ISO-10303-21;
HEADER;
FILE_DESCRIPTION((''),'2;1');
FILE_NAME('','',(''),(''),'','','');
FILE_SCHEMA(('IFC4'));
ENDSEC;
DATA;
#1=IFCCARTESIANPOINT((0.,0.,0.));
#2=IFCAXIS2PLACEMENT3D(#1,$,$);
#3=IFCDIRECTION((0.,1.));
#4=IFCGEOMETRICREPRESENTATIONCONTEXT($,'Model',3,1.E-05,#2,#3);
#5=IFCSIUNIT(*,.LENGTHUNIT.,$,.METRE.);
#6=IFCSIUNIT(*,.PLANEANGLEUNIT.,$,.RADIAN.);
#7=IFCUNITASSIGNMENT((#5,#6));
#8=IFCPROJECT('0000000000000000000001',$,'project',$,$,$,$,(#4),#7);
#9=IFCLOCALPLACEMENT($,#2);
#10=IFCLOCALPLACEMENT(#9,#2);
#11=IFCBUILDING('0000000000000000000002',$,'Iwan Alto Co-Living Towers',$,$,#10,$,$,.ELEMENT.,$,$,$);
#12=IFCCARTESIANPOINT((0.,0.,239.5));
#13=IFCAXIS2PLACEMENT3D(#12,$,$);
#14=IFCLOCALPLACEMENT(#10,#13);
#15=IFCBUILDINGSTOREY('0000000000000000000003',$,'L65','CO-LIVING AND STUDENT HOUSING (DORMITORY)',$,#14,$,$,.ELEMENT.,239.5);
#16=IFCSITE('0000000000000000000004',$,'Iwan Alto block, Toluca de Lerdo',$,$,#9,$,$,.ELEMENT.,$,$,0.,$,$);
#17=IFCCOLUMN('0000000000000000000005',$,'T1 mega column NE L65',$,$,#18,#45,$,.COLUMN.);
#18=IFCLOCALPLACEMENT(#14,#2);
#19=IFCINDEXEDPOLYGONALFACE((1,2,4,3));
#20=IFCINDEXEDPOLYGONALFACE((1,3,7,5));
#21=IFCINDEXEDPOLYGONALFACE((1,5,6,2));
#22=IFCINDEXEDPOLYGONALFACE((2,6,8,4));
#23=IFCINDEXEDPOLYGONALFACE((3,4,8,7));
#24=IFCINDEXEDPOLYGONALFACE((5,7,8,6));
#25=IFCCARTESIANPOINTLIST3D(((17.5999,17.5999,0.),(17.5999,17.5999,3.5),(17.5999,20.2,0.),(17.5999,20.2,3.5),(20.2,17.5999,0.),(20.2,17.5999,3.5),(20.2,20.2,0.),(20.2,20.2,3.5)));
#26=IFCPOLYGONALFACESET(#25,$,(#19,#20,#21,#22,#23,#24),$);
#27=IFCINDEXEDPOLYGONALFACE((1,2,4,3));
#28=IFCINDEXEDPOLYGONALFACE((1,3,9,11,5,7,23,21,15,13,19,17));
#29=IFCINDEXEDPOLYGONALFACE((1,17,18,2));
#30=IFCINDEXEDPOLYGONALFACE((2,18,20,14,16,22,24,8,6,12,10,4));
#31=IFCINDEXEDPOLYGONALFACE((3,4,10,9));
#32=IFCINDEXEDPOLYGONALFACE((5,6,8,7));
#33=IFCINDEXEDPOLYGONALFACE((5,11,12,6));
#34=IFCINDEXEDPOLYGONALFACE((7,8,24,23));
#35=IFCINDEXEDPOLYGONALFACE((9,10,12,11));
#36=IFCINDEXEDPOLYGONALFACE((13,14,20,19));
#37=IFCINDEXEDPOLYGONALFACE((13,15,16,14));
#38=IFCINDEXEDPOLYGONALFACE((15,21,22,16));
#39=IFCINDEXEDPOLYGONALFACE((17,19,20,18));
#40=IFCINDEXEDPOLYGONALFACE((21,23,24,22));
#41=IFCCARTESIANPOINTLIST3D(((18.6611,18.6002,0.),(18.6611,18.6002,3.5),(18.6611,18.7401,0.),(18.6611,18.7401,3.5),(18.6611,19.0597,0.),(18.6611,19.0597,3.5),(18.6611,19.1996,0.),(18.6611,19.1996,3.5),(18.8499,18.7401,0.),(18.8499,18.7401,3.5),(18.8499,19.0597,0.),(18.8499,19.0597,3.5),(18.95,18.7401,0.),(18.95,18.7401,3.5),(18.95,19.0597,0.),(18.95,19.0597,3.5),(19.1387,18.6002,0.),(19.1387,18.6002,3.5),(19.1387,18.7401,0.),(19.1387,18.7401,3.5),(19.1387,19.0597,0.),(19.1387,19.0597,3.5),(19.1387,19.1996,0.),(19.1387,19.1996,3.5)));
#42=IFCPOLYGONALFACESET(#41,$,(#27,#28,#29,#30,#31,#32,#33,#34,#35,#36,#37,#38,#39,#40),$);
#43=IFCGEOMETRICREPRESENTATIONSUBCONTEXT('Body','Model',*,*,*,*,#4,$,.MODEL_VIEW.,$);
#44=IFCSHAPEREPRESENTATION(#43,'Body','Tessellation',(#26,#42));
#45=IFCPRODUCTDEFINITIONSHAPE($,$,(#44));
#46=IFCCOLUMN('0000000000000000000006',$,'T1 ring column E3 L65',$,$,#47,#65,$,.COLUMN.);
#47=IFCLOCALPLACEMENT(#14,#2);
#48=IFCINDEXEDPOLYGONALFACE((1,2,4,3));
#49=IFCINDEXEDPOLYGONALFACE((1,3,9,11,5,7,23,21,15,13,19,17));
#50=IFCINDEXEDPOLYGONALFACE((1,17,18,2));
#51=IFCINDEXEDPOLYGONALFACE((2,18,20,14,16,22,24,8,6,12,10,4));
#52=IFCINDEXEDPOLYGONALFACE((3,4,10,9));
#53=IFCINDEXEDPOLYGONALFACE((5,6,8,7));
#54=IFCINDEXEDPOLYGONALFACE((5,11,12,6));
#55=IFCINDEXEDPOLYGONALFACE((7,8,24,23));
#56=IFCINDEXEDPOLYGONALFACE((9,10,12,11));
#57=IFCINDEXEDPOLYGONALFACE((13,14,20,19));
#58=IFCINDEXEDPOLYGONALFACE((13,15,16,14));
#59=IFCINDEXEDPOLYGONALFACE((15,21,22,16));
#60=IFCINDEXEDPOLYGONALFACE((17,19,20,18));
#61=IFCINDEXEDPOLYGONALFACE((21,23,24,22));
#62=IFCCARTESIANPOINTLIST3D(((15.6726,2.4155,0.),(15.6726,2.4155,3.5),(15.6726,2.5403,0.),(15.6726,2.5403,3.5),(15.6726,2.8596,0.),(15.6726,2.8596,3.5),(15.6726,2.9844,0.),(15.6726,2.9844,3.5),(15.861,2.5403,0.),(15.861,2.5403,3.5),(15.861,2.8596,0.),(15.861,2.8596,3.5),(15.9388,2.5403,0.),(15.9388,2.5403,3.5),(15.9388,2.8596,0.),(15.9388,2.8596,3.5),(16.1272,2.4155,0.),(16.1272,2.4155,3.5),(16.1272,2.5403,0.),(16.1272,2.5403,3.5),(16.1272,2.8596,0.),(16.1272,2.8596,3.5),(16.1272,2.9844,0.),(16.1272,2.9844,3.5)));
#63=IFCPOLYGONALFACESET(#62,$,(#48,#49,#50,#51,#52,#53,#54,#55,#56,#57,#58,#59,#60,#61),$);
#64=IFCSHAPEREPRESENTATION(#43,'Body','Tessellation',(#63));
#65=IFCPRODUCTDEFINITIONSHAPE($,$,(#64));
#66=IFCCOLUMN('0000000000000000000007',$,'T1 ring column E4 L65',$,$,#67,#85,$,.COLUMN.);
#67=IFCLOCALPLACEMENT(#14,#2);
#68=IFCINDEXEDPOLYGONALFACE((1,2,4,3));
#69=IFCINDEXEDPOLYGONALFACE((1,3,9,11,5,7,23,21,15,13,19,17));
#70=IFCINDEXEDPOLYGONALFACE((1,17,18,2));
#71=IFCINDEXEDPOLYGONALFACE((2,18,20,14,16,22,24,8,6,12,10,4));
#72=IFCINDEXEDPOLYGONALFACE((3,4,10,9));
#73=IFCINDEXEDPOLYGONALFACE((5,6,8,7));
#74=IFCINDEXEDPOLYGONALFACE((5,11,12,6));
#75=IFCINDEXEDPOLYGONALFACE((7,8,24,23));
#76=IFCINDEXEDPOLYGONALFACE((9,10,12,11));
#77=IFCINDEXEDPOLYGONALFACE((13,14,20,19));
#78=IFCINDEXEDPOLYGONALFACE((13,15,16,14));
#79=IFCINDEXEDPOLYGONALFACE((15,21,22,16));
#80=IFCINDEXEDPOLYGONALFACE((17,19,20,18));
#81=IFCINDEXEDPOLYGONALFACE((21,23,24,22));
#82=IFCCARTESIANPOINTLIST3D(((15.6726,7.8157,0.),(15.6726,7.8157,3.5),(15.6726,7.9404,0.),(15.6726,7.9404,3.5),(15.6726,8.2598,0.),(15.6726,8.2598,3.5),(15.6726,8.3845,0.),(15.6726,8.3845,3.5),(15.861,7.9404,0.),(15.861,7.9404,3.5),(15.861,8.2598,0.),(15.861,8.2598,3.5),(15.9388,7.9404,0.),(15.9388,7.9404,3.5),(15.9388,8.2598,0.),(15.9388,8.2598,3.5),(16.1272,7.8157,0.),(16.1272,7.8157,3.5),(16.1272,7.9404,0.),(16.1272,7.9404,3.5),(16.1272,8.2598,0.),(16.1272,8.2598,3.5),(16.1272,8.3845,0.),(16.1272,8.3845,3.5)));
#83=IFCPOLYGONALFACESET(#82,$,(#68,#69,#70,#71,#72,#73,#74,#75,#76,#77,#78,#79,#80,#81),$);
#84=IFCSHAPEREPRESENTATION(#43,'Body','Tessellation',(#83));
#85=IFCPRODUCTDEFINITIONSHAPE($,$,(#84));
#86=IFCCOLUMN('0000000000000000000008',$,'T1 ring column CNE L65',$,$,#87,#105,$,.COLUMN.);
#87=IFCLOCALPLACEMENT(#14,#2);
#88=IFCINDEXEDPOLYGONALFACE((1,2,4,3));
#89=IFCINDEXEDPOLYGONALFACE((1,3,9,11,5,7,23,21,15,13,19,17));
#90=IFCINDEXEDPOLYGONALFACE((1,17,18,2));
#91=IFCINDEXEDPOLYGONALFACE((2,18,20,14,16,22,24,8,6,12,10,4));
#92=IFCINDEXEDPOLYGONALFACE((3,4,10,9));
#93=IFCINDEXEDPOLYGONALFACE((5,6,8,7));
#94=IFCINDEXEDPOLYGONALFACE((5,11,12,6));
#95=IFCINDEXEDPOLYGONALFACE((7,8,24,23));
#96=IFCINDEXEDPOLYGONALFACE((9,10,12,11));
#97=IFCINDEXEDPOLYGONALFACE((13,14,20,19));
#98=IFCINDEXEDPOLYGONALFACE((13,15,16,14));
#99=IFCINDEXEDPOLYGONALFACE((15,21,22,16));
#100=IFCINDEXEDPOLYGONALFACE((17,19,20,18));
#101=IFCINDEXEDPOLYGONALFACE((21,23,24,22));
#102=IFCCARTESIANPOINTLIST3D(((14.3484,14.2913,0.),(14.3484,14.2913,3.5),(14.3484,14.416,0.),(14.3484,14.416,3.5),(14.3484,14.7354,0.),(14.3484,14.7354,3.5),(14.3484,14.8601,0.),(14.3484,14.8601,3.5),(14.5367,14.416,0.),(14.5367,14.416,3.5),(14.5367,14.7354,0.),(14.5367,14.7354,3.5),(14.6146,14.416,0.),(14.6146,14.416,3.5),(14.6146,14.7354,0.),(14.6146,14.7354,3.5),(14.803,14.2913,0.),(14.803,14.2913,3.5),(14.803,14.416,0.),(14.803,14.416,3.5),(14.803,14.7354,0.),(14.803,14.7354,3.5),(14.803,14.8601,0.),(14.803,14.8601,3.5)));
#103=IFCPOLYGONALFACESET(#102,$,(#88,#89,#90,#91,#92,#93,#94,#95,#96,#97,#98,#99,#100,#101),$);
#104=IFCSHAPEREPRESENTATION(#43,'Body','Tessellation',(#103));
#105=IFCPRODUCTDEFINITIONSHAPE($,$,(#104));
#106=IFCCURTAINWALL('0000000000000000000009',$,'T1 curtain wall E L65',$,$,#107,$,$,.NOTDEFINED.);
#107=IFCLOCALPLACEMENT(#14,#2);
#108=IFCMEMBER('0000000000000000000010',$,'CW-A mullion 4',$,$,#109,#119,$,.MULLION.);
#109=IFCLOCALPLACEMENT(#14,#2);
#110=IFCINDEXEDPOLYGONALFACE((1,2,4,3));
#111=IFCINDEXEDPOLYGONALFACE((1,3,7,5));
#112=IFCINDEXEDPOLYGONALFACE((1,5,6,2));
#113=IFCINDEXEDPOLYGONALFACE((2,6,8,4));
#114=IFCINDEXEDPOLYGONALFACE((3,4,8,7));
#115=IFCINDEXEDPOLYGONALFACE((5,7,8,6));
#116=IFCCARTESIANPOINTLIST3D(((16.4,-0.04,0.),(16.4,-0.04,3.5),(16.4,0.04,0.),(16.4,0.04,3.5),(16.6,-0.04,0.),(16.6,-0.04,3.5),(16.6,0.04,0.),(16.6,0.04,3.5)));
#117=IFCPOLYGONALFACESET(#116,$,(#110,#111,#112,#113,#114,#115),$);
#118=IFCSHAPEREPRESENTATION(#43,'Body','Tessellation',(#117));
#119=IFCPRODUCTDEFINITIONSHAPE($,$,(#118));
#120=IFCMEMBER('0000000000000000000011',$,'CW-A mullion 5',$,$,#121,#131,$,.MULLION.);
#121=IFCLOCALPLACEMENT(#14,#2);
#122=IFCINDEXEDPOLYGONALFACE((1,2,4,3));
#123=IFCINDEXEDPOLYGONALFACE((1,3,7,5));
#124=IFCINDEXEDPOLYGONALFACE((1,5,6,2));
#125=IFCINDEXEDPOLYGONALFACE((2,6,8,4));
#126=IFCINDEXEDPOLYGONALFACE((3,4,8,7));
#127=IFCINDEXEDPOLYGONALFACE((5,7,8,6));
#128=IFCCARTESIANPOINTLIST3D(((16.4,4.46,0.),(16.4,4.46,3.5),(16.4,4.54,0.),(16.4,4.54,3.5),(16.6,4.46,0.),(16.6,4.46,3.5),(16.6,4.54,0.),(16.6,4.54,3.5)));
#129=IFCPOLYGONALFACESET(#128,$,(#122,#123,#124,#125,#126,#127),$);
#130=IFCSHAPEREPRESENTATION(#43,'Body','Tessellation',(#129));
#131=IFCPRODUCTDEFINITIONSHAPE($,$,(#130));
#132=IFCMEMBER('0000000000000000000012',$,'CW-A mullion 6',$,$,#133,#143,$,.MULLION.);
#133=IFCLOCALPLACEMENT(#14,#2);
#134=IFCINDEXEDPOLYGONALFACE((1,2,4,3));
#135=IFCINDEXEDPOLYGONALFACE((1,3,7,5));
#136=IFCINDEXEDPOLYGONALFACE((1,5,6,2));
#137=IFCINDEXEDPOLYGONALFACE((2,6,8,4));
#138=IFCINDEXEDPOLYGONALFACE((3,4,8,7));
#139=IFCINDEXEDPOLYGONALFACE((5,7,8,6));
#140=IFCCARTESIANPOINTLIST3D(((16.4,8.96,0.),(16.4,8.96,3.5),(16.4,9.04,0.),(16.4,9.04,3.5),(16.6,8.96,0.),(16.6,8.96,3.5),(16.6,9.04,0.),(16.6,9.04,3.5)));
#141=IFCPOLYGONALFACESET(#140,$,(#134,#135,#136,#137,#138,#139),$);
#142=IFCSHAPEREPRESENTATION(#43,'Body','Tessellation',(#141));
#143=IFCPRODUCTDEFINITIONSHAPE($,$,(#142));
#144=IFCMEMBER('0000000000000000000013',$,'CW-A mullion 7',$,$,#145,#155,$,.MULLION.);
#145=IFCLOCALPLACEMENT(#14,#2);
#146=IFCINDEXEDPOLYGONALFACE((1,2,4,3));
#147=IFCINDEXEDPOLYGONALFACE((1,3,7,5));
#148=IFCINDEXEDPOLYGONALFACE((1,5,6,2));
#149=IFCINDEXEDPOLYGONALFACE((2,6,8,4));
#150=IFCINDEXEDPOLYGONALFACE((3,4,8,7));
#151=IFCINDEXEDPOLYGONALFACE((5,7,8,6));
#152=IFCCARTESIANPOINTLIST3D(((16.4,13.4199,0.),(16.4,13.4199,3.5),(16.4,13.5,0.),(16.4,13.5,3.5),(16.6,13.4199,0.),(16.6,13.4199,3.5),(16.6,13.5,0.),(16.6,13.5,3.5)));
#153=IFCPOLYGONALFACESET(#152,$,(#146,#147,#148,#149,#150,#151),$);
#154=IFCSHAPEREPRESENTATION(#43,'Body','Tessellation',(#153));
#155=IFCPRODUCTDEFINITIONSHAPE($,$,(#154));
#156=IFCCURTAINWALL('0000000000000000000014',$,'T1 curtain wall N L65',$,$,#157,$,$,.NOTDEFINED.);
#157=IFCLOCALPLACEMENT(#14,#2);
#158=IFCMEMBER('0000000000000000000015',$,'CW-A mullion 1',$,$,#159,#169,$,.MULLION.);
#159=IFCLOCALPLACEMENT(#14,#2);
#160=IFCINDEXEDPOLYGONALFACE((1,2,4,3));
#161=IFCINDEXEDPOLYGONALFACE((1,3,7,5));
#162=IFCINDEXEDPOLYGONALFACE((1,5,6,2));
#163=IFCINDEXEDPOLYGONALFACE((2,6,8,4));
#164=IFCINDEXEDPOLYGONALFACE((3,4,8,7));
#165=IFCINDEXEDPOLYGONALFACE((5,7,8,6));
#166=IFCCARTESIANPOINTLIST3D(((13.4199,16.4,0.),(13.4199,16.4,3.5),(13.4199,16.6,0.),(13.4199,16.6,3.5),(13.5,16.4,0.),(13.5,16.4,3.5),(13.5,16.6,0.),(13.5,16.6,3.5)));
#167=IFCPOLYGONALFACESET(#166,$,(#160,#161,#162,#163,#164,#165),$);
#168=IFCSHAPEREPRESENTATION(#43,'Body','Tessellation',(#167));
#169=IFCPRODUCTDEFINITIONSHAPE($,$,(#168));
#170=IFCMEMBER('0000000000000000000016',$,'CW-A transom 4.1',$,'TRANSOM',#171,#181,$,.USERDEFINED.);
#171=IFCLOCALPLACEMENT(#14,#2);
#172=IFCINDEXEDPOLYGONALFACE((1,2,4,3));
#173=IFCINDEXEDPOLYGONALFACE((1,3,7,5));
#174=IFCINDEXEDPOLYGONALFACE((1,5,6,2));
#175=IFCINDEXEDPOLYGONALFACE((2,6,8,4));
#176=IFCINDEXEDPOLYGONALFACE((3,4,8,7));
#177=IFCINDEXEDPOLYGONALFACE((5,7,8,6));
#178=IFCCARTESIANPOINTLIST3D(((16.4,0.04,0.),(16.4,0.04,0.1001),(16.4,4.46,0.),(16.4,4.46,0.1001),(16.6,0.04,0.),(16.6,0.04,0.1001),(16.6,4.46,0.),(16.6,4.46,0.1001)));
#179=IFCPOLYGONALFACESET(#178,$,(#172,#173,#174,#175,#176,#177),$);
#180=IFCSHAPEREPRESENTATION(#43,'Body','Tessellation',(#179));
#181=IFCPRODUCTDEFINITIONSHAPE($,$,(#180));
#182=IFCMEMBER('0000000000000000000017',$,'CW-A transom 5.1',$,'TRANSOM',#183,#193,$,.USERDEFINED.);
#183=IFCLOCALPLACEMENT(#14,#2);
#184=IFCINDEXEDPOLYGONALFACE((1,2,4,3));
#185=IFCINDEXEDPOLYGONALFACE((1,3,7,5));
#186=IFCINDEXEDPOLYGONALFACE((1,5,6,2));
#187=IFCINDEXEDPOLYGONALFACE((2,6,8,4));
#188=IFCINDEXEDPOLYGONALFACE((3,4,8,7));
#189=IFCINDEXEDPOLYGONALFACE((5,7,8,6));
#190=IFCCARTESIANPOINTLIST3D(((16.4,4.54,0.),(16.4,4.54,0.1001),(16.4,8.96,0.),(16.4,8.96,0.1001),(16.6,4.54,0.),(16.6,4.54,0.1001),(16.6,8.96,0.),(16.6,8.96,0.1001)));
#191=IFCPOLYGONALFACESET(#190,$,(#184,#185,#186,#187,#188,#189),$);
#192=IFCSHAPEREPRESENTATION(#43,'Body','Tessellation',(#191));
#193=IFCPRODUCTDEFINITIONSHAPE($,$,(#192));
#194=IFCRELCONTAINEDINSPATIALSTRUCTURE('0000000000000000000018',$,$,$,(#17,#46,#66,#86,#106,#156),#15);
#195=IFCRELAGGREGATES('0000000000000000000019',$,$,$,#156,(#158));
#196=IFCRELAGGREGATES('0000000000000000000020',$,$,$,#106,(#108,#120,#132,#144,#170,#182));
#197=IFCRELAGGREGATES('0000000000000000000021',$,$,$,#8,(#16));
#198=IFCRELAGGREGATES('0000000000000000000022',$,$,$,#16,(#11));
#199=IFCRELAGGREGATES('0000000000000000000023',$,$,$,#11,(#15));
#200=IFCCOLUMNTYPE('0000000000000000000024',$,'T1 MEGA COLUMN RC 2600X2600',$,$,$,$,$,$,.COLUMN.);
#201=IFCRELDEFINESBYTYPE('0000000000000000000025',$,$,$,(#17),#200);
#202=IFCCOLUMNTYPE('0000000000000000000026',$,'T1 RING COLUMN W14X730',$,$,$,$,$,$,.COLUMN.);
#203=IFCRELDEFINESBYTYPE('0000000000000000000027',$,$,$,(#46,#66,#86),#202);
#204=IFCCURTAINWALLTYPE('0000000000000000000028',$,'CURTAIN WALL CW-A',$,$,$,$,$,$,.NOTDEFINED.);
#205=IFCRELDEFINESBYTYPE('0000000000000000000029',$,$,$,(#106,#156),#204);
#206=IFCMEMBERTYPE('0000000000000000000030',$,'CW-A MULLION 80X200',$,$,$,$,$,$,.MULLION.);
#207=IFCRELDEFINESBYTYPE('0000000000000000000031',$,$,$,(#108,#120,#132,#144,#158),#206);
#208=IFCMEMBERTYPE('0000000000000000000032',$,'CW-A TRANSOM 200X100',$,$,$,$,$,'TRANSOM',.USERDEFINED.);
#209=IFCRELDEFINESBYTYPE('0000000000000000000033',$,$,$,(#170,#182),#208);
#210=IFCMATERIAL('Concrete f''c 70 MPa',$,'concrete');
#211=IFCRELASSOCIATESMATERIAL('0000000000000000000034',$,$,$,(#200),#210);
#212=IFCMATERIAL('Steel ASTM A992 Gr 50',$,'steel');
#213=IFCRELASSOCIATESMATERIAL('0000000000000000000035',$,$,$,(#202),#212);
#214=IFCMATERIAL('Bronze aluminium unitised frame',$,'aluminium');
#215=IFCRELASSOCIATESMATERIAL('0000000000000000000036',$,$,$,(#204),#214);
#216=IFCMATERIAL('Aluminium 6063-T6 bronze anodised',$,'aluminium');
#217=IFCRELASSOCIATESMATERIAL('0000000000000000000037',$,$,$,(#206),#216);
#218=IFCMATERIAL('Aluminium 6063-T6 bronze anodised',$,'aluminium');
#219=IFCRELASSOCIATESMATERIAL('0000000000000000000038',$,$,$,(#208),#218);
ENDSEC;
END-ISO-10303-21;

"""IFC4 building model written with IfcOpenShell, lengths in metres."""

from ifc_helpers import new_model, si_unit, direction, frame, origin, origin_2d, place, context, subcontext, project, spatial, rectangle, i_section, extrude, material, material_profile, profile_set, type_object, element, aggregate, save


model = new_model("IFC4")

# Units and contexts
model_context = context("Model", 3, precision=1e-05, world=origin(), true_north=direction((0.0, 1.0)))
body_context = subcontext(model_context, "Body", "Model", "MODEL_VIEW")
ifc_project = project(units=[si_unit("LENGTHUNIT", "METRE"), si_unit("PLANEANGLEUNIT", "RADIAN")], contexts=[model_context])

# Site, building, storey
site_placement = place(None, origin())
site = spatial("IfcSite", under=ifc_project, at=site_placement, Name="Iwan Alto block, Toluca de Lerdo", CompositionType="ELEMENT", RefElevation=0.0)
building_placement = place(site_placement, origin())
building = spatial("IfcBuilding", under=site, at=building_placement, Name="Iwan Alto Co-Living Towers", CompositionType="ELEMENT")
storey_placement = place(building_placement, frame((0.0, 0.0, 239.5)))
storey = spatial("IfcBuildingStorey", under=building, at=storey_placement, Name="L65", Description="CO-LIVING AND STUDENT HOUSING (DORMITORY)", CompositionType="ELEMENT", Elevation=239.5)

# Columns
ifc_material_1 = material(Name="Concrete f'c 70 MPa", Category="concrete")
ifc_material_profile_1 = material_profile(ifc_material_1, rectangle(XDim=2.6001, YDim=2.6001, at=origin_2d()), Name="RC 2600X2600")
ifc_profile_set_1 = profile_set([ifc_material_profile_1], Name="Concrete f'c 70 MPa")
column_type_1 = type_object("IfcColumnType", Name="T1 MEGA COLUMN RC 2600X2600", PredefinedType="COLUMN", material=ifc_profile_set_1)
column_placement = place(storey_placement, frame((18.8999, 18.8999, 0.0), z_axis=(0.0, 0.0, 1.0), x_axis=(1.0, 0.0, 0.0)))
element("IfcColumn", 1, at=column_placement, inside=storey, type_object=column_type_1, Name="T1 mega column NE L65", PredefinedType="COLUMN", context=body_context, shape_type="SweptSolid", body=[
    extrude(rectangle(XDim=2.6001, YDim=2.6001, at=origin_2d()), origin(), (0.0, 0.0, 1.0), 3.5),
    extrude(i_section(OverallWidth=0.4775, OverallDepth=0.5994, WebThickness=0.1001, FlangeThickness=0.1399, at=origin_2d()), origin(), (0.0, 0.0, 1.0), 3.5),
])
ifc_material_2 = material(Name="Steel ASTM A992 Gr 50", Category="steel")
ifc_material_profile_2 = material_profile(ifc_material_2, i_section(OverallWidth=0.4546, OverallDepth=0.5688, WebThickness=0.0779, FlangeThickness=0.1248, at=origin_2d()), Name="W14X730")
ifc_profile_set_2 = profile_set([ifc_material_profile_2], Name="Steel ASTM A992 Gr 50")
column_type_2 = type_object("IfcColumnType", Name="T1 RING COLUMN W14X730", PredefinedType="COLUMN", material=ifc_profile_set_2)
for number, where, z_axis, x_axis, name in (
    (2, (15.8999, 2.7, 0.0), (0.0, 0.0, 1.0), (1.0, 0.0, 0.0), "T1 ring column E3 L65"),
    (3, (15.8999, 8.1001, 0.0), (0.0, 0.0, 1.0), (1.0, 0.0, 0.0), "T1 ring column E4 L65"),
    (4, (14.5757, 14.5757, 0.0), (0.0, 0.0, 1.0), (1.0, 0.0, 0.0), "T1 ring column CNE L65"),
):
    element("IfcColumn", number, at=place(storey_placement, frame(where, z_axis=z_axis, x_axis=x_axis)), inside=storey, type_object=column_type_2, Name=name, PredefinedType="COLUMN", context=body_context, shape_type="SweptSolid", body=[
        extrude(i_section(OverallWidth=0.4546, OverallDepth=0.5688, WebThickness=0.0779, FlangeThickness=0.1248, at=origin_2d()), origin(), (0.0, 0.0, 1.0), 3.5),
    ])

# Curtain wall, members
ifc_material_3 = material(Name="Bronze aluminium unitised frame", Category="aluminium")
curtain_wall_type_1 = type_object("IfcCurtainWallType", Name="CURTAIN WALL CW-A", PredefinedType="NOTDEFINED", material=ifc_material_3)
curtain_wall_1_placement = place(storey_placement, origin())
curtain_wall_1 = element("IfcCurtainWall", 5, at=curtain_wall_1_placement, inside=storey, type_object=curtain_wall_type_1, Name="T1 curtain wall E L65", PredefinedType="NOTDEFINED")
ifc_material_4 = material(Name="Aluminium 6063-T6 bronze anodised", Category="aluminium")
ifc_material_profile_3 = material_profile(ifc_material_4, rectangle(XDim=0.2, YDim=0.0801, at=origin_2d()), Name="AL 80X200")
ifc_profile_set_3 = profile_set([ifc_material_profile_3], Name="Aluminium 6063-T6 bronze anodised")
member_type_1 = type_object("IfcMemberType", Name="CW-A MULLION 80X200", PredefinedType="MULLION", material=ifc_profile_set_3)
member_1_placement = place(storey_placement, frame((16.5, 0.0, 0.0), z_axis=(0.0, 0.0, 1.0), x_axis=(-1.0, 0.0, 0.0)))
member_1 = element("IfcMember", 6, at=member_1_placement, type_object=member_type_1, Name="CW-A mullion 4", PredefinedType="MULLION", context=body_context, shape_type="SweptSolid", body=[
    extrude(rectangle(XDim=0.2, YDim=0.0801, at=origin_2d()), origin(), (0.0, 0.0, 1.0), 3.5),
])
member_2_placement = place(storey_placement, frame((16.5, 4.5, 0.0), z_axis=(0.0, 0.0, 1.0), x_axis=(-1.0, 0.0, 0.0)))
member_2 = element("IfcMember", 7, at=member_2_placement, type_object=member_type_1, Name="CW-A mullion 5", PredefinedType="MULLION", context=body_context, shape_type="SweptSolid", body=[
    extrude(rectangle(XDim=0.2, YDim=0.0801, at=origin_2d()), origin(), (0.0, 0.0, 1.0), 3.5),
])
member_3_placement = place(storey_placement, frame((16.5, 9.0, 0.0), z_axis=(0.0, 0.0, 1.0), x_axis=(-1.0, 0.0, 0.0)))
member_3 = element("IfcMember", 8, at=member_3_placement, type_object=member_type_1, Name="CW-A mullion 6", PredefinedType="MULLION", context=body_context, shape_type="SweptSolid", body=[
    extrude(rectangle(XDim=0.2, YDim=0.0801, at=origin_2d()), origin(), (0.0, 0.0, 1.0), 3.5),
])
member_4_placement = place(storey_placement, frame((16.5, 13.46, 0.0), z_axis=(0.0, 0.0, 1.0), x_axis=(-1.0, 0.0, 0.0)))
member_4 = element("IfcMember", 9, at=member_4_placement, type_object=member_type_1, Name="CW-A mullion 7", PredefinedType="MULLION", context=body_context, shape_type="SweptSolid", body=[
    extrude(rectangle(XDim=0.2, YDim=0.0801, at=origin_2d()), origin(), (0.0, 0.0, 1.0), 3.5),
])

# Curtain wall, member
curtain_wall_2_placement = place(storey_placement, origin())
curtain_wall_2 = element("IfcCurtainWall", 10, at=curtain_wall_2_placement, inside=storey, type_object=curtain_wall_type_1, Name="T1 curtain wall N L65", PredefinedType="NOTDEFINED")
member_5_placement = place(storey_placement, frame((13.46, 16.5, 0.0), z_axis=(0.0, 0.0, 1.0), x_axis=(0.0, -1.0, 0.0)))
member_5 = element("IfcMember", 11, at=member_5_placement, type_object=member_type_1, Name="CW-A mullion 1", PredefinedType="MULLION", context=body_context, shape_type="SweptSolid", body=[
    extrude(rectangle(XDim=0.2, YDim=0.0801, at=origin_2d()), origin(), (0.0, 0.0, 1.0), 3.5),
])

# Members
ifc_material_5 = material(Name="Aluminium 6063-T6 bronze anodised", Category="aluminium")
ifc_material_profile_4 = material_profile(ifc_material_5, rectangle(XDim=0.2, YDim=0.1001, at=origin_2d()), Name="AL 200X100")
ifc_profile_set_4 = profile_set([ifc_material_profile_4], Name="Aluminium 6063-T6 bronze anodised")
member_type_2 = type_object("IfcMemberType", Name="CW-A TRANSOM 200X100", ElementType="TRANSOM", PredefinedType="USERDEFINED", material=ifc_profile_set_4)
member_6_placement = place(storey_placement, frame((16.5, 0.04, 0.05), z_axis=(0.0, 1.0, 0.0), x_axis=(-1.0, 0.0, 0.0)))
member_6 = element("IfcMember", 12, at=member_6_placement, type_object=member_type_2, Name="CW-A transom 4.1", ObjectType="TRANSOM", PredefinedType="USERDEFINED", context=body_context, shape_type="SweptSolid", body=[
    extrude(rectangle(XDim=0.2, YDim=0.1001, at=origin_2d()), origin(), (0.0, 0.0, 1.0), 4.4199),
])
member_7_placement = place(storey_placement, frame((16.5, 4.54, 0.05), z_axis=(0.0, 1.0, 0.0), x_axis=(-1.0, 0.0, 0.0)))
member_7 = element("IfcMember", 13, at=member_7_placement, type_object=member_type_2, Name="CW-A transom 5.1", ObjectType="TRANSOM", PredefinedType="USERDEFINED", context=body_context, shape_type="SweptSolid", body=[
    extrude(rectangle(XDim=0.2, YDim=0.1001, at=origin_2d()), origin(), (0.0, 0.0, 1.0), 4.4199),
])
aggregate(curtain_wall_2, [member_5])

aggregate(curtain_wall_1, [member_1, member_2, member_3, member_4, member_6, member_7])

save(model, "model.ifc")
